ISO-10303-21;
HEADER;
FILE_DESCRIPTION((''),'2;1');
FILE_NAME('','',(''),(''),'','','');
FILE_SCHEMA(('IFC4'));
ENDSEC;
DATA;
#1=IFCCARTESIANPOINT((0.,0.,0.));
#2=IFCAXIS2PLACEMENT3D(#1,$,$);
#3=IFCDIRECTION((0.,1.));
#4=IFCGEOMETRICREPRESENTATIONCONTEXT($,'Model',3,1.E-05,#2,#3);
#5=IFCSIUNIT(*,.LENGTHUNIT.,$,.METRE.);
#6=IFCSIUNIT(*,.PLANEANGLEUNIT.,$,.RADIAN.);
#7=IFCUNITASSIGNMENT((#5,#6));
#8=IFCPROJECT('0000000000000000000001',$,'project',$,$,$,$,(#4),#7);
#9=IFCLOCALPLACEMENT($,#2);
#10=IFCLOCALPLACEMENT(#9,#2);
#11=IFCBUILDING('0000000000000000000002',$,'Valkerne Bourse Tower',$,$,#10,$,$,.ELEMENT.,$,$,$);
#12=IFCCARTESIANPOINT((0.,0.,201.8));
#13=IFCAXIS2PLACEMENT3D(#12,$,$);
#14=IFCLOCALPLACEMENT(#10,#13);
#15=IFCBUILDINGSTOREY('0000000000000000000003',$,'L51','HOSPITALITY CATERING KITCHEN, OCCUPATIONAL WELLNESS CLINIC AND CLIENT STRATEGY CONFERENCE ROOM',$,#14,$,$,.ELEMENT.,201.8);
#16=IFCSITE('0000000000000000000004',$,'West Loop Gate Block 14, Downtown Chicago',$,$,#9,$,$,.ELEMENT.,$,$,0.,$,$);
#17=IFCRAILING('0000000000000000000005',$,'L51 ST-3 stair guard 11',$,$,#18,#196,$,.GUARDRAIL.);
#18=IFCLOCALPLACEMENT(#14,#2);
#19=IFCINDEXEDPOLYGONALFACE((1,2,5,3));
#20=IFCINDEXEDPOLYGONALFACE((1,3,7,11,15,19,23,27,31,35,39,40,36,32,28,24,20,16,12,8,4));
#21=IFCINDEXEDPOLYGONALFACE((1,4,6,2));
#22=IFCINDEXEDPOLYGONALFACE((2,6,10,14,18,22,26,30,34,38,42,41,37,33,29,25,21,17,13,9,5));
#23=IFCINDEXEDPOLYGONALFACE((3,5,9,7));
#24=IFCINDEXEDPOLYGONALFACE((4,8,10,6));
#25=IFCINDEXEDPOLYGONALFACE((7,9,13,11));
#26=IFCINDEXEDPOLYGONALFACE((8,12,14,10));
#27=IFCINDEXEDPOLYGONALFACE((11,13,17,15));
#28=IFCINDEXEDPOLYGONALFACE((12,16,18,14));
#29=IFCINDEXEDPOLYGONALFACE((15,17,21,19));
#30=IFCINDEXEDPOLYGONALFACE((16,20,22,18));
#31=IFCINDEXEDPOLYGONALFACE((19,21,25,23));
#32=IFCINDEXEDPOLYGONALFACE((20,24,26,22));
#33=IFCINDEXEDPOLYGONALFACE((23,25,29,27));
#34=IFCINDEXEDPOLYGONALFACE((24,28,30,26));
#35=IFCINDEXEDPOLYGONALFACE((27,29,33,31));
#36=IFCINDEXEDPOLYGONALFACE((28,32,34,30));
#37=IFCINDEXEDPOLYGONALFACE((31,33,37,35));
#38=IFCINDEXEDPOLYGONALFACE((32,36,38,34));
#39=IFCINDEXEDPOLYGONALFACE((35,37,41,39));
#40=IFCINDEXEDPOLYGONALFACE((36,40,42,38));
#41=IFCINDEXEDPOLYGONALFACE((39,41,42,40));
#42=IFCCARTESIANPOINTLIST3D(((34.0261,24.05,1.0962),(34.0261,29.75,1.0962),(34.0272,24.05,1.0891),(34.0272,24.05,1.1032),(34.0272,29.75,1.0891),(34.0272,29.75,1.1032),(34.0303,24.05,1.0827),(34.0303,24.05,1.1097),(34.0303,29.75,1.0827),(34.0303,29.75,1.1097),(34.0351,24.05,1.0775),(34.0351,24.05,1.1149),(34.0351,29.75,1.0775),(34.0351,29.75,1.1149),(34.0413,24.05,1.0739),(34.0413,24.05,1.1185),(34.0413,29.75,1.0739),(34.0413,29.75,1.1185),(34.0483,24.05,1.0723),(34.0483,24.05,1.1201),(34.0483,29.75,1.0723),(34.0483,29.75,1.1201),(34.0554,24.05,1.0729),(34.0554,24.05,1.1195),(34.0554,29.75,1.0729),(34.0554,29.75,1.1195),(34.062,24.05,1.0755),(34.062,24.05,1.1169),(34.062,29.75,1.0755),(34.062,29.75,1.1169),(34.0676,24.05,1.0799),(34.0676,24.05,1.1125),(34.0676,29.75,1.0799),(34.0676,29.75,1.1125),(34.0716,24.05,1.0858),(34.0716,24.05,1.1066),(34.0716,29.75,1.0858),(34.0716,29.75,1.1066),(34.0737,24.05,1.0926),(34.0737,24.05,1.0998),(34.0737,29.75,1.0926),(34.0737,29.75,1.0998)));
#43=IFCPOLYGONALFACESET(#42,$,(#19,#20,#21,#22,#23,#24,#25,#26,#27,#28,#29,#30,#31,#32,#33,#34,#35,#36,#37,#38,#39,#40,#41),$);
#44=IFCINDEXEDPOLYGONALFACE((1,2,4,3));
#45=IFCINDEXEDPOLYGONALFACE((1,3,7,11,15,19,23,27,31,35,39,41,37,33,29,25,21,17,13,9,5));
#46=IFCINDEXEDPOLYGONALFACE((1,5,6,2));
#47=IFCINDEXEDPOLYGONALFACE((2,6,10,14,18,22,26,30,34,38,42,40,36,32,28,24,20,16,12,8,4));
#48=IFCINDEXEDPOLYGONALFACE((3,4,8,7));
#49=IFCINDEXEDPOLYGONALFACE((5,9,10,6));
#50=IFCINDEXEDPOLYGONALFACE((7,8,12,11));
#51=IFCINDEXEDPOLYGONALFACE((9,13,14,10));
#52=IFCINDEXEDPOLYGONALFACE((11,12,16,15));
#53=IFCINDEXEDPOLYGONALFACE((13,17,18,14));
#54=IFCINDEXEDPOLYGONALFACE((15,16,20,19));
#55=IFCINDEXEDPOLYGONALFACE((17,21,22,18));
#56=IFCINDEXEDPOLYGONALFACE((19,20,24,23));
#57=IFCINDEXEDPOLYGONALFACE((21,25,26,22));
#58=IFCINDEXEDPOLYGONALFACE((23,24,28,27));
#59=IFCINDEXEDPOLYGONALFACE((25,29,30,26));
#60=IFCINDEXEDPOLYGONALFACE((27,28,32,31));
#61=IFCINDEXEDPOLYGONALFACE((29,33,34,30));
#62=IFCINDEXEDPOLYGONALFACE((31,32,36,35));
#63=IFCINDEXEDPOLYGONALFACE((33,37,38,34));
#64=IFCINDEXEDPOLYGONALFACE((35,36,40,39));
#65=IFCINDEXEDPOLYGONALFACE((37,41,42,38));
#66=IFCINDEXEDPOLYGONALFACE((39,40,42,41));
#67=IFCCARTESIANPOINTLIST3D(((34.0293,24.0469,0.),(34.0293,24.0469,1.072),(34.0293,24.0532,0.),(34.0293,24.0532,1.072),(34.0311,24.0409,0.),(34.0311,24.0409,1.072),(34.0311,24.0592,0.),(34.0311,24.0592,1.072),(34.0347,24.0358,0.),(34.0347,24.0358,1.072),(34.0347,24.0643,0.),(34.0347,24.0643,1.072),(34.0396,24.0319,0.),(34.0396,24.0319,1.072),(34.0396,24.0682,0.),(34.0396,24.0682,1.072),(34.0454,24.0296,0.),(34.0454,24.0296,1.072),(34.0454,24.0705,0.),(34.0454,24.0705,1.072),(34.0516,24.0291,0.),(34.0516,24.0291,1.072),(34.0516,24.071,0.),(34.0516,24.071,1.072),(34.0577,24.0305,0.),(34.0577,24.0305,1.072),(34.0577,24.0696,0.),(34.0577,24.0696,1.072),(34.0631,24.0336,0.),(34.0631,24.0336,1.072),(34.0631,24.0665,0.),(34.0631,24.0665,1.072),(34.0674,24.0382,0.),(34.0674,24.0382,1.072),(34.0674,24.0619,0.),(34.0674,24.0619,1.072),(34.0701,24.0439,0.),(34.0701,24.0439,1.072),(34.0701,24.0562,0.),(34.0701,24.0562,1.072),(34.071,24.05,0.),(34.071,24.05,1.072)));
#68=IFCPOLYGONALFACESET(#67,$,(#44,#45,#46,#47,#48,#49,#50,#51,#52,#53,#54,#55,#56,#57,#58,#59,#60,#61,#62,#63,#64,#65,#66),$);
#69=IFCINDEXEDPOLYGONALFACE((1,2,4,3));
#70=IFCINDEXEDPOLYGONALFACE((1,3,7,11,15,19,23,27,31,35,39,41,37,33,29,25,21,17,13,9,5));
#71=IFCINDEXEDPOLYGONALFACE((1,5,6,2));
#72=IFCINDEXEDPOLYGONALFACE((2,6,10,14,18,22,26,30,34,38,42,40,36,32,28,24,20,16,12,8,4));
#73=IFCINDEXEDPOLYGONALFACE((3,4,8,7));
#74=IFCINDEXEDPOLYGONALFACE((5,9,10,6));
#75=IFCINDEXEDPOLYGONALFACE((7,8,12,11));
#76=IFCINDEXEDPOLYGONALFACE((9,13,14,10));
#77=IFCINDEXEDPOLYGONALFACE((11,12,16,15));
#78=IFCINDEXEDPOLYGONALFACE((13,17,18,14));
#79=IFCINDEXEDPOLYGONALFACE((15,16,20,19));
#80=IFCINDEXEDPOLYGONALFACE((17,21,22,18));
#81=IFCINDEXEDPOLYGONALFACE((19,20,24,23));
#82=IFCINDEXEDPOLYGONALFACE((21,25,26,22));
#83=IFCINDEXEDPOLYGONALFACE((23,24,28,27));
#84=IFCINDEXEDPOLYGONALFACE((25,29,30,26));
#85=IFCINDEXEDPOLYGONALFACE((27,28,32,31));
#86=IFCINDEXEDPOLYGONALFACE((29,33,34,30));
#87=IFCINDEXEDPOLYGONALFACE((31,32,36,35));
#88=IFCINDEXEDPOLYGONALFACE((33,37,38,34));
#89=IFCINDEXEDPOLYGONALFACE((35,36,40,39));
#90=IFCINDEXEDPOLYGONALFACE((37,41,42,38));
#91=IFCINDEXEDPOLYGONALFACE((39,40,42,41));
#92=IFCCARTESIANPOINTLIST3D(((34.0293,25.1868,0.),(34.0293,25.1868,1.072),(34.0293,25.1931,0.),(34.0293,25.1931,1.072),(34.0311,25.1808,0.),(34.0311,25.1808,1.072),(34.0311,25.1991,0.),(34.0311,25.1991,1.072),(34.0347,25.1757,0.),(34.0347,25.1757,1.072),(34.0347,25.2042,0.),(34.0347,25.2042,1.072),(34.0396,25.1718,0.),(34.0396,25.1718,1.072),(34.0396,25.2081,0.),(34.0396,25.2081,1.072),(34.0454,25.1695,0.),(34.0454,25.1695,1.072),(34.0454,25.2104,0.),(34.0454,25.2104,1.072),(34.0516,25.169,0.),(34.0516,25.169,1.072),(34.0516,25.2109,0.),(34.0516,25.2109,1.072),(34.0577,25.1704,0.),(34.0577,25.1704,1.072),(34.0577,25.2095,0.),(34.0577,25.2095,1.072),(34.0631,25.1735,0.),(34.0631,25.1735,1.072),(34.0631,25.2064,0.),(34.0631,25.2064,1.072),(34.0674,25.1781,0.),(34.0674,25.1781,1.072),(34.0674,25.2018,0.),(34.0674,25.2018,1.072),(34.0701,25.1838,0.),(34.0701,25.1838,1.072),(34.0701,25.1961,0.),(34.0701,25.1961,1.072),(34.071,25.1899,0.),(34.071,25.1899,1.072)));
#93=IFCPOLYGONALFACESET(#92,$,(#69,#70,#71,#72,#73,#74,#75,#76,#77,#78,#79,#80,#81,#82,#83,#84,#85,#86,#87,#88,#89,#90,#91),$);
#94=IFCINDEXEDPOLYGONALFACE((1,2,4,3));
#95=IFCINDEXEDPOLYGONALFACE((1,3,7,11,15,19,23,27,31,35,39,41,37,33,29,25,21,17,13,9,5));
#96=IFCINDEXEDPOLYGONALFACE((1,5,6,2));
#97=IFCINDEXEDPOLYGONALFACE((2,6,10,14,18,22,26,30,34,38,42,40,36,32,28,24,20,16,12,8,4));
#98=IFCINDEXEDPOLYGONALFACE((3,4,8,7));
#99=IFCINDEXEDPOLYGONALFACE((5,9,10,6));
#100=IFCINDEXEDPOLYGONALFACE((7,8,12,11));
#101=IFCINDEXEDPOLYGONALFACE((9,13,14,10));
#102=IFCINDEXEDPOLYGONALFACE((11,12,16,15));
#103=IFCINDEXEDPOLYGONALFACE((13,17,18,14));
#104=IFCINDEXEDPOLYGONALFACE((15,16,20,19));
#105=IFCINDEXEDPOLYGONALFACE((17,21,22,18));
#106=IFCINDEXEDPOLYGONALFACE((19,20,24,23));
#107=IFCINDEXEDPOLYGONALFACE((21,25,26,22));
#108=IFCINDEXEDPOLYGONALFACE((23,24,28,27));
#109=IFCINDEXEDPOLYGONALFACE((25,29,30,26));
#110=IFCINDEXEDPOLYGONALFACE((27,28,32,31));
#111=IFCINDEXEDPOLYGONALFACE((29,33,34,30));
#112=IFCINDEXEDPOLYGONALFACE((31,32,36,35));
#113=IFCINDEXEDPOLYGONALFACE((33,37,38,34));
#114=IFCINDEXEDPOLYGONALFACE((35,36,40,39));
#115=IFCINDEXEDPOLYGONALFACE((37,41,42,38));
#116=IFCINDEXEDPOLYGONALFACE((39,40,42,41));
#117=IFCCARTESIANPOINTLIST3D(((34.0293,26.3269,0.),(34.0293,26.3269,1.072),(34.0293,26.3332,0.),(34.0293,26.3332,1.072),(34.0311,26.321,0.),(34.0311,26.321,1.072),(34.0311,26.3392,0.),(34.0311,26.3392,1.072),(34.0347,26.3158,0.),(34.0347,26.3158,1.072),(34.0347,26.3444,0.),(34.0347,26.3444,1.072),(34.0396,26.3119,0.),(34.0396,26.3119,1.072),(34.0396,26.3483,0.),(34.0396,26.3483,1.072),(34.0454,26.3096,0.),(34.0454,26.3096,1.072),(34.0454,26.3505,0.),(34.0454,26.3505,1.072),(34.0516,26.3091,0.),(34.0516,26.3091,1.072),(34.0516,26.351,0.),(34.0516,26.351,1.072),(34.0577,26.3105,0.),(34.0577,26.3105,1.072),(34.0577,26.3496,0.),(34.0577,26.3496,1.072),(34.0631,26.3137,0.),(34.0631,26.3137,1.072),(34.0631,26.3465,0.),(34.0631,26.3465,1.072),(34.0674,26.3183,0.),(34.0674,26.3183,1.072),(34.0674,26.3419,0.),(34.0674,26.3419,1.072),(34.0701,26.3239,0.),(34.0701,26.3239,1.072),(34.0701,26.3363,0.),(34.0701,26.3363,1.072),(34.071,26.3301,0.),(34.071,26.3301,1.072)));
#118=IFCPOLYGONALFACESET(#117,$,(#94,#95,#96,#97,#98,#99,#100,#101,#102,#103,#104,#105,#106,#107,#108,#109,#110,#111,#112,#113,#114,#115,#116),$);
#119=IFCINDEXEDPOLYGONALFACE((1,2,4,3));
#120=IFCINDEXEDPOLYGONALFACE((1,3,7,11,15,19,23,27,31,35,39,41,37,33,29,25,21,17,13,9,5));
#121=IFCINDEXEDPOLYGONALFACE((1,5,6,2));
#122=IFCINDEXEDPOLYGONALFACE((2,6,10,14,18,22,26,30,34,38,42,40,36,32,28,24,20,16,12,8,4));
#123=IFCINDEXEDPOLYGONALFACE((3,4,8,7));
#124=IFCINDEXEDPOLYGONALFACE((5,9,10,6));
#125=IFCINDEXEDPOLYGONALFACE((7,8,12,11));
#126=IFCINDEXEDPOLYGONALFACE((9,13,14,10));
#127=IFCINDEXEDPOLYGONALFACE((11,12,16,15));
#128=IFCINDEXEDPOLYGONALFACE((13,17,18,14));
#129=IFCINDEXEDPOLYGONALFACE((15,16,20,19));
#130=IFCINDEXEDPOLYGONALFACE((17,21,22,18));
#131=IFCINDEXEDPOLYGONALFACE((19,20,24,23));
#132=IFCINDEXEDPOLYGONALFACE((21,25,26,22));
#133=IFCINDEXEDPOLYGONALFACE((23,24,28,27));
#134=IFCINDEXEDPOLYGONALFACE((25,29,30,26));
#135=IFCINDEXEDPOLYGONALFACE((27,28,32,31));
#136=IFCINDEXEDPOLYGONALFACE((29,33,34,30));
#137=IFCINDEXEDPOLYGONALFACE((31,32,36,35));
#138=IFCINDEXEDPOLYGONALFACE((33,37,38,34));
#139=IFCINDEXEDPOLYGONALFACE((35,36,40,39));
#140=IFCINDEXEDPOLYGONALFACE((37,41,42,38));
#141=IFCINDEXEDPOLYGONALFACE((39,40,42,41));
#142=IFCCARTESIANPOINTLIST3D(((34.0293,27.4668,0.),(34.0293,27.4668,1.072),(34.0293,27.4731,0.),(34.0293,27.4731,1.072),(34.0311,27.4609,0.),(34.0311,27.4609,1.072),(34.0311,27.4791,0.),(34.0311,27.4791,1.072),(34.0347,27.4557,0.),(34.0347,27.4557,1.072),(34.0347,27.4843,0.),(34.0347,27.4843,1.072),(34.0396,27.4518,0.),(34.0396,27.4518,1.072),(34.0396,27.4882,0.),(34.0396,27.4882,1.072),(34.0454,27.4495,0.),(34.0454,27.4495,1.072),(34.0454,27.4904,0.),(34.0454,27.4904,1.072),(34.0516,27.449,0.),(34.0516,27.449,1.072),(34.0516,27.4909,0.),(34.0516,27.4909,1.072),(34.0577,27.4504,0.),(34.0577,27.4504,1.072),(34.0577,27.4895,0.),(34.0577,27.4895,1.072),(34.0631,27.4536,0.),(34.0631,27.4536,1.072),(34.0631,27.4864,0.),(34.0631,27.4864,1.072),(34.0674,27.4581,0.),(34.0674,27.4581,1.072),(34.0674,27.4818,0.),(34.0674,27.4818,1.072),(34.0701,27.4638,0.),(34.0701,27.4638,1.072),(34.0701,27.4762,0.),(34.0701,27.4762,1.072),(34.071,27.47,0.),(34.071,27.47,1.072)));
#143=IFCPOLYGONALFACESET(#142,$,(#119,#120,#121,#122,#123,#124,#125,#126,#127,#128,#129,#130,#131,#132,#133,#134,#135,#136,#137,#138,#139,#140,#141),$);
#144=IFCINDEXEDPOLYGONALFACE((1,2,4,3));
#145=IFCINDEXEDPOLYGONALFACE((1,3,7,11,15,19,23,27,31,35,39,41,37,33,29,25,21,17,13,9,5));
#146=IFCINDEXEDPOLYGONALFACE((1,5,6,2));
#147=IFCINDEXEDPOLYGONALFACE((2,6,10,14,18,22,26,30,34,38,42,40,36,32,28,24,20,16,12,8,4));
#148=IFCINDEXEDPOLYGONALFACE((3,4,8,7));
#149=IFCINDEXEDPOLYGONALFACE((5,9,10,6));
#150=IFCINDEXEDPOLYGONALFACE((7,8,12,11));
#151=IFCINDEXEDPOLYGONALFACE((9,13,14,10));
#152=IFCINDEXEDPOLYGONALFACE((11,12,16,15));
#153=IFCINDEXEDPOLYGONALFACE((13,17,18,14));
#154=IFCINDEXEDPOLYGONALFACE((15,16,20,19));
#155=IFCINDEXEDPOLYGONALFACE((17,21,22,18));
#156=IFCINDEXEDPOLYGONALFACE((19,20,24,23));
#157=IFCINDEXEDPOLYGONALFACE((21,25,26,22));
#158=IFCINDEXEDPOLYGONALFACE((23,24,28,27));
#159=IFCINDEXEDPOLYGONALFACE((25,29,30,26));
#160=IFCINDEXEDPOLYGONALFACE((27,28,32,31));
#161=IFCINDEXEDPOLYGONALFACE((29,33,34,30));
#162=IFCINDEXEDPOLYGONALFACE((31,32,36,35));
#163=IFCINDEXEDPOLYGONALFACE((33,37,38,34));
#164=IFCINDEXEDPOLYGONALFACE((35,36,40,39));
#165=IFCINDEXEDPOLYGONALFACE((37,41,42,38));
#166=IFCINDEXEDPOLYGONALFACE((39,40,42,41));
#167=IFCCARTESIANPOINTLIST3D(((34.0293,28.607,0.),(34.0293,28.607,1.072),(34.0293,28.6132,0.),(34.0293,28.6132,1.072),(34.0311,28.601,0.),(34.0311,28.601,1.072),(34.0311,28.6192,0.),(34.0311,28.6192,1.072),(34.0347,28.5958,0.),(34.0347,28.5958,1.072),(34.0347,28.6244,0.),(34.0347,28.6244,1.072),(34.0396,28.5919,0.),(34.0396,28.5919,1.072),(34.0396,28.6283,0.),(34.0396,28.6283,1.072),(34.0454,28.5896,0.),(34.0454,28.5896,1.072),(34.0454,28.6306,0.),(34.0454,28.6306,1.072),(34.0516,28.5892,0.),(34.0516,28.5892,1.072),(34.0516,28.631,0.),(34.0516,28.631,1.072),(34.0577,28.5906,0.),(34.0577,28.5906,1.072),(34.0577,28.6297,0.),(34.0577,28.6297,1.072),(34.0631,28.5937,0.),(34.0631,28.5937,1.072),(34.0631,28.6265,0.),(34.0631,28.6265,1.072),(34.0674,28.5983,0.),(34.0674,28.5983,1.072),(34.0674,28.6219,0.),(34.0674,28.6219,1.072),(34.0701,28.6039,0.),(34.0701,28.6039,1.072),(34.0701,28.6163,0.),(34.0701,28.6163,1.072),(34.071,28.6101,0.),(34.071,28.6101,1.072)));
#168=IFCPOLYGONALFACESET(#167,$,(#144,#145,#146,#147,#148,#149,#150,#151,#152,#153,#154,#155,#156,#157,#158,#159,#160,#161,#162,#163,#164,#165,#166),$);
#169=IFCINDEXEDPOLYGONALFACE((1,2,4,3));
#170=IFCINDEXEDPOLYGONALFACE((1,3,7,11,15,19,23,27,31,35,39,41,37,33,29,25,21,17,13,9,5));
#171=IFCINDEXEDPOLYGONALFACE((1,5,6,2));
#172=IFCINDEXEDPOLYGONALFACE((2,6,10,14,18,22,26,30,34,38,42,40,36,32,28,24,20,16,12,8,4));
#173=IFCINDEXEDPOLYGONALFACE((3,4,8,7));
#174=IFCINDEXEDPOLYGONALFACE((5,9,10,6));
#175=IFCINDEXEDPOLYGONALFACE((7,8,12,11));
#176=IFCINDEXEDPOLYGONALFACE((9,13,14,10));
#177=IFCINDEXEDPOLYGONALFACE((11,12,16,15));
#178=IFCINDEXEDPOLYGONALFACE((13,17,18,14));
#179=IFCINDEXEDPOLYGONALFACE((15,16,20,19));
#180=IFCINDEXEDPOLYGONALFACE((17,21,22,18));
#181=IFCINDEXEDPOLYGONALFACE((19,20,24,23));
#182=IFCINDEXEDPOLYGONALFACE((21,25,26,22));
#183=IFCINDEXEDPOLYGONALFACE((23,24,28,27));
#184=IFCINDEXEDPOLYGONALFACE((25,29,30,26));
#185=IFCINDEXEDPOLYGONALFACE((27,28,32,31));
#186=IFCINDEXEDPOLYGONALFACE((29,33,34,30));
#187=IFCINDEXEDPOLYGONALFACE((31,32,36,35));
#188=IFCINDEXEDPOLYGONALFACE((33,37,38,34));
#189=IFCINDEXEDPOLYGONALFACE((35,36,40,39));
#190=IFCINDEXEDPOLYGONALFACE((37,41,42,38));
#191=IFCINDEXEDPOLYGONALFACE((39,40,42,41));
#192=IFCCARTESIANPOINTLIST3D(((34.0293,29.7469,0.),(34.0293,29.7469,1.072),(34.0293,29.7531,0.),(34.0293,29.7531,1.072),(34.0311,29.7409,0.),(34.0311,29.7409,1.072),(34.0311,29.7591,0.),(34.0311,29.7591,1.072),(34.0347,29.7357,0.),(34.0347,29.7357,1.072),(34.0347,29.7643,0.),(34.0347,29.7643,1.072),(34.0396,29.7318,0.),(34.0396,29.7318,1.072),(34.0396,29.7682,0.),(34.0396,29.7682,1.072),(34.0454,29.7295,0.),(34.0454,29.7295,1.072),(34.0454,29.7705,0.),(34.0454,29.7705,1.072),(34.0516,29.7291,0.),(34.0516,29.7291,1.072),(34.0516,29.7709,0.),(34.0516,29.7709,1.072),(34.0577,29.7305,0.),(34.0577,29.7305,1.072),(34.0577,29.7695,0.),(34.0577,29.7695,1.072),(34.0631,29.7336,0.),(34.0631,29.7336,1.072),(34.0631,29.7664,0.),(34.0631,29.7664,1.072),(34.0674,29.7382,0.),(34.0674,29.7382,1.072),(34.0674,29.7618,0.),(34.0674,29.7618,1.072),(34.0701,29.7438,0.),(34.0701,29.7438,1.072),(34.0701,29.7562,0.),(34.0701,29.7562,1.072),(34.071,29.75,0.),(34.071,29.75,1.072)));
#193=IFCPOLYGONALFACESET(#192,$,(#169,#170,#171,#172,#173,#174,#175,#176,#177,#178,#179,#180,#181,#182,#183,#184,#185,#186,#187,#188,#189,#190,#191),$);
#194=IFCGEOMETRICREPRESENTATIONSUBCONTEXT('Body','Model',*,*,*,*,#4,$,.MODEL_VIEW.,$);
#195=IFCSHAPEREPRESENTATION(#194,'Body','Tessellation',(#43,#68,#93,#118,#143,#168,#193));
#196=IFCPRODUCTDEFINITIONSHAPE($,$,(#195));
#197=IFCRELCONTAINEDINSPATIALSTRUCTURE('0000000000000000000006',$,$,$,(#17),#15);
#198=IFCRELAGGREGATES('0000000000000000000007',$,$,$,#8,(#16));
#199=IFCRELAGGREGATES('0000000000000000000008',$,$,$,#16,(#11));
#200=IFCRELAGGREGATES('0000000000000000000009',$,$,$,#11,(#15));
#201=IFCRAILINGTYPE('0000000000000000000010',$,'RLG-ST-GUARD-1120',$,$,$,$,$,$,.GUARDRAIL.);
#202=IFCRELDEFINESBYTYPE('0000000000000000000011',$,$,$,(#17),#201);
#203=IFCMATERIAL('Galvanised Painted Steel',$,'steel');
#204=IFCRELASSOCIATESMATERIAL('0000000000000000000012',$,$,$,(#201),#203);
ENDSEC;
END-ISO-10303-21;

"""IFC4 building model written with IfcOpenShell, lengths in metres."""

from ifc_helpers import new_model, si_unit, direction, frame, origin, origin_2d, place, context, subcontext, project, spatial, circle, extrude, material, type_object, element, save


model = new_model("IFC4")

# Units and contexts
model_context = context("Model", 3, precision=1e-05, world=origin(), true_north=direction((0.0, 1.0)))
body_context = subcontext(model_context, "Body", "Model", "MODEL_VIEW")
ifc_project = project(units=[si_unit("LENGTHUNIT", "METRE"), si_unit("PLANEANGLEUNIT", "RADIAN")], contexts=[model_context])

# Site, building, storey
site_placement = place(None, origin())
site = spatial("IfcSite", under=ifc_project, at=site_placement, Name="West Loop Gate Block 14, Downtown Chicago", CompositionType="ELEMENT", RefElevation=0.0)
building_placement = place(site_placement, origin())
building = spatial("IfcBuilding", under=site, at=building_placement, Name="Valkerne Bourse Tower", CompositionType="ELEMENT")
storey_placement = place(building_placement, frame((0.0, 0.0, 201.8)))
storey = spatial("IfcBuildingStorey", under=building, at=storey_placement, Name="L51", Description="HOSPITALITY CATERING KITCHEN, OCCUPATIONAL WELLNESS CLINIC AND CLIENT STRATEGY CONFERENCE ROOM", CompositionType="ELEMENT", Elevation=201.8)

# Railing
ifc_material_1 = material(Name="Galvanised Painted Steel", Category="steel")
railing_type_1 = type_object("IfcRailingType", Name="RLG-ST-GUARD-1120", PredefinedType="GUARDRAIL", material=ifc_material_1)
for number, where, name in (
    (1, (34.05, 24.05, 0.0), "L51 ST-3 stair guard 11"),
):
    element("IfcRailing", number, at=place(storey_placement, frame(where)), inside=storey, type_object=railing_type_1, Name=name, PredefinedType="GUARDRAIL", context=body_context, shape_type="SweptSolid", body=[
        extrude(circle(Radius=0.0239, at=origin_2d()), frame((0.0, 0.0, 1.0962), z_axis=(0.0, 1.0, 0.0), x_axis=(-1.0, 0.0, 0.0)), (0.0, 0.0, 1.0), 5.7),
        extrude(circle(Radius=0.021, at=origin_2d()), origin(), (0.0, 0.0, 1.0), 1.072),
        extrude(circle(Radius=0.021, at=origin_2d()), frame((0.0, 1.1399, 0.0)), (0.0, 0.0, 1.0), 1.072),
        extrude(circle(Radius=0.021, at=origin_2d()), frame((0.0, 2.28, 0.0)), (0.0, 0.0, 1.0), 1.072),
        extrude(circle(Radius=0.021, at=origin_2d()), frame((0.0, 3.4199, 0.0)), (0.0, 0.0, 1.0), 1.072),
        extrude(circle(Radius=0.021, at=origin_2d()), frame((0.0, 4.5601, 0.0)), (0.0, 0.0, 1.0), 1.072),
        extrude(circle(Radius=0.021, at=origin_2d()), frame((0.0, 5.7, 0.0)), (0.0, 0.0, 1.0), 1.072),
    ])

save(model, "model.ifc")
